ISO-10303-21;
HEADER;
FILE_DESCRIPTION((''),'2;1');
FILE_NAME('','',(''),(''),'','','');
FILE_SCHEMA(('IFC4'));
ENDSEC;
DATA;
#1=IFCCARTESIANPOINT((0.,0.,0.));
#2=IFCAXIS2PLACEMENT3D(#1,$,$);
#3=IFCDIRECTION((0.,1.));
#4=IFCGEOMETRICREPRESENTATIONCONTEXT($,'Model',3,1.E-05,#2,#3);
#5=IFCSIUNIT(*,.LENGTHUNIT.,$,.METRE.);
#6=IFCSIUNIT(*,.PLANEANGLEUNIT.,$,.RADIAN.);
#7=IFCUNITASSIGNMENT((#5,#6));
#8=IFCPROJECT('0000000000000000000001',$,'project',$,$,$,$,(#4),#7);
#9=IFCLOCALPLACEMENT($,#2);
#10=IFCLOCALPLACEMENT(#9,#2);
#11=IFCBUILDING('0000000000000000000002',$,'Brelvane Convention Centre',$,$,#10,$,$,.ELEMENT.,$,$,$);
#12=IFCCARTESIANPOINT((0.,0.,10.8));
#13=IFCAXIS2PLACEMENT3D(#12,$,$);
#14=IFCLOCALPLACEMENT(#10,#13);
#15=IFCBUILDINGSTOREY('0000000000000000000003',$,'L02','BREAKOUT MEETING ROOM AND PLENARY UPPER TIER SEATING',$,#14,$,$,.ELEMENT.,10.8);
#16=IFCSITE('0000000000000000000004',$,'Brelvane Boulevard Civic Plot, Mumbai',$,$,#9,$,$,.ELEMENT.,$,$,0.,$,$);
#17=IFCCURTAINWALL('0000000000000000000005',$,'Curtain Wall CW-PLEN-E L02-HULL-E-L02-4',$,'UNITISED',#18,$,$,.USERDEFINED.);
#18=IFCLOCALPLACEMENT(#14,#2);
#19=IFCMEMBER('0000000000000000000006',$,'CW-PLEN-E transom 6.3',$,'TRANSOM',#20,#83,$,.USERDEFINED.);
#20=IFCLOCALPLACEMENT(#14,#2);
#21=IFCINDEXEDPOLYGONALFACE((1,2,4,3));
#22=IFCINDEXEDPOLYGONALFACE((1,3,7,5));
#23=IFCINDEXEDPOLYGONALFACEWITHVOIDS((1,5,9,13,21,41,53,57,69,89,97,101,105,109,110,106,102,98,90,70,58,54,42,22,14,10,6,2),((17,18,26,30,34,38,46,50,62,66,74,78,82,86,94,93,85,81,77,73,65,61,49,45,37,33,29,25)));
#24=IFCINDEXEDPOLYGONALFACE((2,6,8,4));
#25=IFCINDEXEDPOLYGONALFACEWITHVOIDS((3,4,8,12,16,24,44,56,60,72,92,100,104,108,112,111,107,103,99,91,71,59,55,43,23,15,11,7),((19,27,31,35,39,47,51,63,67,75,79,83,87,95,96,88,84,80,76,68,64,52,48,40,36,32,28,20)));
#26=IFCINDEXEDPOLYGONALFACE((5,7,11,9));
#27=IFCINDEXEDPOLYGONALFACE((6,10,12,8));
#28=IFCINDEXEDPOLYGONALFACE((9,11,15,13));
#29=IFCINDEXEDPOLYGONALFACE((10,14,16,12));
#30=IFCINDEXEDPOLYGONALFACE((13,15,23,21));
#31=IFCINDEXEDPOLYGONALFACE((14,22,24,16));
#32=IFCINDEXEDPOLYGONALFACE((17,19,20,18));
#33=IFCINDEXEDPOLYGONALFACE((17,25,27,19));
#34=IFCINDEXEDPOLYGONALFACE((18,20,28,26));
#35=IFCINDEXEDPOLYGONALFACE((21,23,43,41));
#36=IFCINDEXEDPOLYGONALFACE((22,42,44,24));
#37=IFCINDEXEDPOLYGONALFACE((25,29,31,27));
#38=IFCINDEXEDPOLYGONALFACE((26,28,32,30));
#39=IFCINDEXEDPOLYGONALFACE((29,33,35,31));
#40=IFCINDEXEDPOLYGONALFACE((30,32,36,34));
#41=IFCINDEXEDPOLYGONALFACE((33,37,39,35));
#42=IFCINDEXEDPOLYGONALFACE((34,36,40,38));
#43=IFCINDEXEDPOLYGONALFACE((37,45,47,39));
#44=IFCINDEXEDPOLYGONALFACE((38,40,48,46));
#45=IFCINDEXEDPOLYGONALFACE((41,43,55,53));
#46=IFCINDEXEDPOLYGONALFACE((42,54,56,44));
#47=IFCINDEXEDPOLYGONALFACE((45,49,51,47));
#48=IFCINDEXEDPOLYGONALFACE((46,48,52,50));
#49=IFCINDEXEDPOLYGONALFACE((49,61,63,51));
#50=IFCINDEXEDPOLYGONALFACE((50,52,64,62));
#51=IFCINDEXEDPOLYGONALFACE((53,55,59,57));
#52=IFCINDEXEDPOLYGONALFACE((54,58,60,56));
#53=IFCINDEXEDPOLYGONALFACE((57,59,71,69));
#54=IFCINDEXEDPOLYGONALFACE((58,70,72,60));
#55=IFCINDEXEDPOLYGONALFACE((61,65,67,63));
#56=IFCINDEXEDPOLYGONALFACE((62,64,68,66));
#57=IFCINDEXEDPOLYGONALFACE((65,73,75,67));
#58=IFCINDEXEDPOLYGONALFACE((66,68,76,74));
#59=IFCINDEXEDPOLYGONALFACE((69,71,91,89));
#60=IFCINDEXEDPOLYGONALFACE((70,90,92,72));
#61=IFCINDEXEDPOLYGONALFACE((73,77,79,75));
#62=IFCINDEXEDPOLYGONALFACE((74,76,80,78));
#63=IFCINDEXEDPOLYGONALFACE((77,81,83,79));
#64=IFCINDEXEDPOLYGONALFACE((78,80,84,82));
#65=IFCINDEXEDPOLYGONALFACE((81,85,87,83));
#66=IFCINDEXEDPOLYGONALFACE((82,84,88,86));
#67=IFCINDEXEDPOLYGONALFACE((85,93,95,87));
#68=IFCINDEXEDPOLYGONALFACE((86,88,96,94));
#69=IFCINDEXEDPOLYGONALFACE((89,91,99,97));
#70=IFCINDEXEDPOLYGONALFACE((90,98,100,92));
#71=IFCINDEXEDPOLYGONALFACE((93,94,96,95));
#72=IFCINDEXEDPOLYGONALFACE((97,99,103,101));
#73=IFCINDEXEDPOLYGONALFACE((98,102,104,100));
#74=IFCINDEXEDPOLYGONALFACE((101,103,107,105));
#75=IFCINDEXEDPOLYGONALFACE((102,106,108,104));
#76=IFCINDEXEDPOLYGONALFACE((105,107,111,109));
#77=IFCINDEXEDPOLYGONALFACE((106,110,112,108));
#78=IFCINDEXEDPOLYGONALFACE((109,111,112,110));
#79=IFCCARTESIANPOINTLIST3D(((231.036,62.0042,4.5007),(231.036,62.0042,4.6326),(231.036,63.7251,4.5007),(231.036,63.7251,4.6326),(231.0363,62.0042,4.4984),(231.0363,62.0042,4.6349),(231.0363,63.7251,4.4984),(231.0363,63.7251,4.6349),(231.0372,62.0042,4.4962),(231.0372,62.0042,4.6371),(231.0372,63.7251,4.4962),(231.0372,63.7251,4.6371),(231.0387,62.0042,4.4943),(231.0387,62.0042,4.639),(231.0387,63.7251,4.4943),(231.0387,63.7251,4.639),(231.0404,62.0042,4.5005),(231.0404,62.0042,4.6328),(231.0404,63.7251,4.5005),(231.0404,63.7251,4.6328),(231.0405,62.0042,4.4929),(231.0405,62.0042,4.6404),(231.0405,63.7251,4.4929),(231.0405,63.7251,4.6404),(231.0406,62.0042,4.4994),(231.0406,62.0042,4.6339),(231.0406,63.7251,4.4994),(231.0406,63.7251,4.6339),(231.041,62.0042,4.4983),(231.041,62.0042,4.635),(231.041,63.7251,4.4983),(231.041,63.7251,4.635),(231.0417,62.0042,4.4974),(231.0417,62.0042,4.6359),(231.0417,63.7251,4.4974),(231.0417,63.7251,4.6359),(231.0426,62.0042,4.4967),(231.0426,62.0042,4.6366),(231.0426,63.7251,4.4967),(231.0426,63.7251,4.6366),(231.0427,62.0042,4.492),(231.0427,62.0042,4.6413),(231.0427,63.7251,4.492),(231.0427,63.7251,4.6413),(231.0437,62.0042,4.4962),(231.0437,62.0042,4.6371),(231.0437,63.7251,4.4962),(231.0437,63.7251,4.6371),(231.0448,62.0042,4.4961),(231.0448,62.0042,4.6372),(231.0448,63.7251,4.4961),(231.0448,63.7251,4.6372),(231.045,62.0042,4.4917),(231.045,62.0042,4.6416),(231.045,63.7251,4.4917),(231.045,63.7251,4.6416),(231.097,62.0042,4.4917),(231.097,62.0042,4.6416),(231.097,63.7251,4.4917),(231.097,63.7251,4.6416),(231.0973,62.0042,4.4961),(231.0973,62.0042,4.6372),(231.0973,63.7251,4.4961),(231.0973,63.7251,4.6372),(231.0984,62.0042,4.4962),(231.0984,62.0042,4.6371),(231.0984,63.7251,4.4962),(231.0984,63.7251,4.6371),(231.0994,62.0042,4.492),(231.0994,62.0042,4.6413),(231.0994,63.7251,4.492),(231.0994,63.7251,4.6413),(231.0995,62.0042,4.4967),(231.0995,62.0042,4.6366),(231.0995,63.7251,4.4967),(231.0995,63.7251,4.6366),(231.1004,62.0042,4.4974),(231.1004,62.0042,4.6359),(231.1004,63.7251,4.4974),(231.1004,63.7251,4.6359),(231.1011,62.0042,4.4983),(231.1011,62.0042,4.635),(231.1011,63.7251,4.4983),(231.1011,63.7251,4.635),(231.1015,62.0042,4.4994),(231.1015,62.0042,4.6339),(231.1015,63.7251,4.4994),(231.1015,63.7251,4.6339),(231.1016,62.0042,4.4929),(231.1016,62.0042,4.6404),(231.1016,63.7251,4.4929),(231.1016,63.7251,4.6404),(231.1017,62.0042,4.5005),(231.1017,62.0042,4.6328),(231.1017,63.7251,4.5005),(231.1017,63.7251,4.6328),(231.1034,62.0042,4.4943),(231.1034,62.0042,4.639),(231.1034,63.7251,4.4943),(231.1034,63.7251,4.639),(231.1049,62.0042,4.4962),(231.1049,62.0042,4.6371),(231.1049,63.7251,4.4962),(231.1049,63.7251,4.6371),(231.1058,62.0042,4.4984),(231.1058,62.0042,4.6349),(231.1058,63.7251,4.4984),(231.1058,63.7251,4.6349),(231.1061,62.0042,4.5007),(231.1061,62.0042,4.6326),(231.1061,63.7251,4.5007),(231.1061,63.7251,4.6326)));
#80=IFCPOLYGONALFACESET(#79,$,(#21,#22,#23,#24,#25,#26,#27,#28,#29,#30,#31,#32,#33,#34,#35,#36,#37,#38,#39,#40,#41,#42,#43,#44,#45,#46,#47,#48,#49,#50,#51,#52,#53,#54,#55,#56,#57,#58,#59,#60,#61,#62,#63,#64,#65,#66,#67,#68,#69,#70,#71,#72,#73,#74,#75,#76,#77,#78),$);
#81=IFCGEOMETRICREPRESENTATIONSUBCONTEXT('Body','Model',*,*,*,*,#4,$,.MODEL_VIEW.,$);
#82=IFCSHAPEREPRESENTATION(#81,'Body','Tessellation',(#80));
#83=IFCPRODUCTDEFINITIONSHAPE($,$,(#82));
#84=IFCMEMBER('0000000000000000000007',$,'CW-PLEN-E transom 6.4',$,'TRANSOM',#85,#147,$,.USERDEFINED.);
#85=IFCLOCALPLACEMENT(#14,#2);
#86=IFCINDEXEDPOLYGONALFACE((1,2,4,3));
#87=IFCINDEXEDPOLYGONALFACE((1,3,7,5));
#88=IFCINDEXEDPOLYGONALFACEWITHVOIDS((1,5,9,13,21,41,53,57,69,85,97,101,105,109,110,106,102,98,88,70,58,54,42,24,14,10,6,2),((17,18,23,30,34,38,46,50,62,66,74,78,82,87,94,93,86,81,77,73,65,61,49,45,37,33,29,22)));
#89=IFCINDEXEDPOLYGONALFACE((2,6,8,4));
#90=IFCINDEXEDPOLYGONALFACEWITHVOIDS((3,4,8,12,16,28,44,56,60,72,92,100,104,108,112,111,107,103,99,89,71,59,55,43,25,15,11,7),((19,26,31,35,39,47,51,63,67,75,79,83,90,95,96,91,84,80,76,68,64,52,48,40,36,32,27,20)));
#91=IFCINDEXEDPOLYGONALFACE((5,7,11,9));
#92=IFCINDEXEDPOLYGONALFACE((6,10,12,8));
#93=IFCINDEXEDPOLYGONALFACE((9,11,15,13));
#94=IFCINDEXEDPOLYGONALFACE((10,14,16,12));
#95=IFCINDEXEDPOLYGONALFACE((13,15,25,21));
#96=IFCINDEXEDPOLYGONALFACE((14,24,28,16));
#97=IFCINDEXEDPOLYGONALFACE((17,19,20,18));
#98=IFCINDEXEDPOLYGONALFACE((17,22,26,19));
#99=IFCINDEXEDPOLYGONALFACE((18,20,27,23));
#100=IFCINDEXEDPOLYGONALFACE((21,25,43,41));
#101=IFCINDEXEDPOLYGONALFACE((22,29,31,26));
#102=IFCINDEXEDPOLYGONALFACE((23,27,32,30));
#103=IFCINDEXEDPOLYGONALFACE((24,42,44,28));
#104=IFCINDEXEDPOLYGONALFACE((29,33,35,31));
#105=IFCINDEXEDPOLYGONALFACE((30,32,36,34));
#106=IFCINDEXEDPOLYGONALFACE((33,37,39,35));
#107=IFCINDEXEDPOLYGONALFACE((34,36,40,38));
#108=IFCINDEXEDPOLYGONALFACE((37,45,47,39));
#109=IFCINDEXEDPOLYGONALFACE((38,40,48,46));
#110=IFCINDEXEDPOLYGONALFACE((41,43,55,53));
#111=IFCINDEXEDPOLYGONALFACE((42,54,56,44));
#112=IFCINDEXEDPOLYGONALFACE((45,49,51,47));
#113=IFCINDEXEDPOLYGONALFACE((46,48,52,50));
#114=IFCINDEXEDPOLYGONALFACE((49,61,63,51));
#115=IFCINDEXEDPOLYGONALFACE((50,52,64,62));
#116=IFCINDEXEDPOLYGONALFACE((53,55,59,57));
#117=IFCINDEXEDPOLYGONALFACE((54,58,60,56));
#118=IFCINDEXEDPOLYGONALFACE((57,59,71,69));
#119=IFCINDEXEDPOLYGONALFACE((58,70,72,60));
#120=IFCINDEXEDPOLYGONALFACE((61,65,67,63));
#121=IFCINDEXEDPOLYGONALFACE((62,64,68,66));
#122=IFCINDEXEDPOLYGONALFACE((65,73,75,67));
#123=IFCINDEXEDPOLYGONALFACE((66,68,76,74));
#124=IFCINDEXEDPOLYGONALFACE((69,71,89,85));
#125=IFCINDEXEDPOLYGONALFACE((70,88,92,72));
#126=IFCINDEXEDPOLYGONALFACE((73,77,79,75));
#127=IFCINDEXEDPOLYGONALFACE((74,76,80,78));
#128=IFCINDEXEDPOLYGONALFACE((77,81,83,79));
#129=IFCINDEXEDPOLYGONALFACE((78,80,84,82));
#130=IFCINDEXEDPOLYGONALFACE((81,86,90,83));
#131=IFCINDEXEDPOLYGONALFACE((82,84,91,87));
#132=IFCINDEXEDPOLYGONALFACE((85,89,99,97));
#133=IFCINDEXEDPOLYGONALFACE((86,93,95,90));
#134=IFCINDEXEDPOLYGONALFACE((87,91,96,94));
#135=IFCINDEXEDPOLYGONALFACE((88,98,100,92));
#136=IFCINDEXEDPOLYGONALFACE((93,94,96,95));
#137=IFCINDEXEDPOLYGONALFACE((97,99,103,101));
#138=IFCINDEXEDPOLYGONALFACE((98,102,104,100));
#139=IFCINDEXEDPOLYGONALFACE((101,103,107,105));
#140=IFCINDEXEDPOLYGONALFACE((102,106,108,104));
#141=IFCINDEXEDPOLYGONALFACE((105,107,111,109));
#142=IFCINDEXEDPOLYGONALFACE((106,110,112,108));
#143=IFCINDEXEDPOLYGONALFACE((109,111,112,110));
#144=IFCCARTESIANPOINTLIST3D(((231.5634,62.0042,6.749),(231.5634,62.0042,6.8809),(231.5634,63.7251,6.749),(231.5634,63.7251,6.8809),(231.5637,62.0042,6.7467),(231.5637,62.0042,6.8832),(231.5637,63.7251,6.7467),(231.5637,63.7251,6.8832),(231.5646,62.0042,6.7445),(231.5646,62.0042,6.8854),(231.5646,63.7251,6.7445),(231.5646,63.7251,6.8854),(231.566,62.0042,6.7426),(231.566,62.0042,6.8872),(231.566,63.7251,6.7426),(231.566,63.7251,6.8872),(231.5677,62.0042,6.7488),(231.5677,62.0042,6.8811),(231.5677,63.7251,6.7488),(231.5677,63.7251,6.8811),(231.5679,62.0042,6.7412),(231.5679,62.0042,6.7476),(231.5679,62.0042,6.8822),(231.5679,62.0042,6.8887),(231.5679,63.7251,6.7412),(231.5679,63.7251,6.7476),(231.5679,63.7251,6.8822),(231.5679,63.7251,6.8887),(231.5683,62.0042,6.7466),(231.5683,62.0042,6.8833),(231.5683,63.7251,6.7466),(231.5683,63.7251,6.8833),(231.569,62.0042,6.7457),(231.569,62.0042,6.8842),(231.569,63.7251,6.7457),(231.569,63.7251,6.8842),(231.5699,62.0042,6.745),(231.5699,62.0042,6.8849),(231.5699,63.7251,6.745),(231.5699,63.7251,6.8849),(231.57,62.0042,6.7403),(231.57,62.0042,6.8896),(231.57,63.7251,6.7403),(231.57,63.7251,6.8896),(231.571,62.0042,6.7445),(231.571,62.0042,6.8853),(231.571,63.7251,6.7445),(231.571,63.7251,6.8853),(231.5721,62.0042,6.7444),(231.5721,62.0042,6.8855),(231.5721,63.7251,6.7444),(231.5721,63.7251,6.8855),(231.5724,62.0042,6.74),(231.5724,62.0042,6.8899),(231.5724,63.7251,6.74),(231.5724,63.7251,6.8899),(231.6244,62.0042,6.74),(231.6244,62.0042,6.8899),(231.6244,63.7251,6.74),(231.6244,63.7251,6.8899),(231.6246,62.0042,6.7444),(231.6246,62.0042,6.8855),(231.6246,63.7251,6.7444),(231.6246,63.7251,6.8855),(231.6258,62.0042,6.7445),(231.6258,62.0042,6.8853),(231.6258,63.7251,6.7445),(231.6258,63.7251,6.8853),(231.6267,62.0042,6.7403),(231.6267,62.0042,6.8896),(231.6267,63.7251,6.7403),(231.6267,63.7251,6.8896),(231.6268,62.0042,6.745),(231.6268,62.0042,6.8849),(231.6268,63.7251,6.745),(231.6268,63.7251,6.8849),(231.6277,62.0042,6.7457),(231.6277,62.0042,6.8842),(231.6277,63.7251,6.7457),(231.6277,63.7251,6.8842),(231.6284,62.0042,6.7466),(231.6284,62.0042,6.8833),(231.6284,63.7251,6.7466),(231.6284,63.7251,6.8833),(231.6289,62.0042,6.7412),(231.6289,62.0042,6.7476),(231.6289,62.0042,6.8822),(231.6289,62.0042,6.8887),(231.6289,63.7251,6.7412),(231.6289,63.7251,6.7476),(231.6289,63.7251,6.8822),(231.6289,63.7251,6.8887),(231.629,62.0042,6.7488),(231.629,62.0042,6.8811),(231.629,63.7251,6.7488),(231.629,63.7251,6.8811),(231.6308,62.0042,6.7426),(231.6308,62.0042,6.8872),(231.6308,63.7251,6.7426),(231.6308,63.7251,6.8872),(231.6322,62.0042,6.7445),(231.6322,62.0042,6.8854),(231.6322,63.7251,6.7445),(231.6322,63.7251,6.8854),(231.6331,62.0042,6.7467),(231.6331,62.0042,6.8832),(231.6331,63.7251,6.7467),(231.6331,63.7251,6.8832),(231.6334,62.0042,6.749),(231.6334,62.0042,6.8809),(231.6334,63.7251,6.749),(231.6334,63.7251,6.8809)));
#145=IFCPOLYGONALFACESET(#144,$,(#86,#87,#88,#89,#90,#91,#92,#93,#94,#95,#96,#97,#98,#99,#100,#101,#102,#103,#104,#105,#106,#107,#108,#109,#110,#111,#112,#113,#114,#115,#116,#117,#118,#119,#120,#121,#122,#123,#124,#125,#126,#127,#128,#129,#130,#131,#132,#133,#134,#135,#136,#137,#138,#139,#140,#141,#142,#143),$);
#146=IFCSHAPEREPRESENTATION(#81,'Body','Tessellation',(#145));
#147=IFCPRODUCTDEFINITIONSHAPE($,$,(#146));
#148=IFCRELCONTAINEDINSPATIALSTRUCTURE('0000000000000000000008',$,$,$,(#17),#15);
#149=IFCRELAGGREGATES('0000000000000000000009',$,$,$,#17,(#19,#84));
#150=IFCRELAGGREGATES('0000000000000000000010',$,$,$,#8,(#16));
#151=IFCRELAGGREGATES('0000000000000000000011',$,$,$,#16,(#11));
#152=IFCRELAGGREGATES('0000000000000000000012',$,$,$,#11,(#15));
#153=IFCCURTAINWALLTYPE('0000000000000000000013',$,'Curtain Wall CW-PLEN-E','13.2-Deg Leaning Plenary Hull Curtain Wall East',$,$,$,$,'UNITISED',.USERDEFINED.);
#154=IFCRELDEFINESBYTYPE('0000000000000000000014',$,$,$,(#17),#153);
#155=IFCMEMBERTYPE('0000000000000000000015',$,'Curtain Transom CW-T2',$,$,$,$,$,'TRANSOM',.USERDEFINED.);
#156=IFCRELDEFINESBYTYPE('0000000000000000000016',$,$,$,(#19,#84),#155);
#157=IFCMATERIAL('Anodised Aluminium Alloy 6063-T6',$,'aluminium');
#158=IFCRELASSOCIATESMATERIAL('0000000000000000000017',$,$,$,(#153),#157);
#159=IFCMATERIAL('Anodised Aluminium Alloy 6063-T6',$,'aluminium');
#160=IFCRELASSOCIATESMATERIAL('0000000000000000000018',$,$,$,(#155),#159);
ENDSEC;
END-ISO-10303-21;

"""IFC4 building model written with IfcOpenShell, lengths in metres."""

from ifc_helpers import new_model, si_unit, direction, frame, origin, origin_2d, place, context, subcontext, project, spatial, hollow_rectangle, extrude, material, material_profile, profile_set, type_object, element, aggregate, save


model = new_model("IFC4")

# Units and contexts
model_context = context("Model", 3, precision=1e-05, world=origin(), true_north=direction((0.0, 1.0)))
body_context = subcontext(model_context, "Body", "Model", "MODEL_VIEW")
ifc_project = project(units=[si_unit("LENGTHUNIT", "METRE"), si_unit("PLANEANGLEUNIT", "RADIAN")], contexts=[model_context])

# Site, building, storey
site_placement = place(None, origin())
site = spatial("IfcSite", under=ifc_project, at=site_placement, Name="Brelvane Boulevard Civic Plot, Mumbai", CompositionType="ELEMENT", RefElevation=0.0)
building_placement = place(site_placement, origin())
building = spatial("IfcBuilding", under=site, at=building_placement, Name="Brelvane Convention Centre", CompositionType="ELEMENT")
storey_placement = place(building_placement, frame((0.0, 0.0, 10.8)))
storey = spatial("IfcBuildingStorey", under=building, at=storey_placement, Name="L02", Description="BREAKOUT MEETING ROOM AND PLENARY UPPER TIER SEATING", CompositionType="ELEMENT", Elevation=10.8)

# Curtain wall, members
ifc_material_1 = material(Name="Anodised Aluminium Alloy 6063-T6", Category="aluminium")
curtain_wall_type = type_object("IfcCurtainWallType", Name="Curtain Wall CW-PLEN-E", Description="13.2-Deg Leaning Plenary Hull Curtain Wall East", ElementType="UNITISED", PredefinedType="USERDEFINED", material=ifc_material_1)
curtain_wall_1_placement = place(storey_placement, origin())
curtain_wall_1 = element("IfcCurtainWall", 1, at=curtain_wall_1_placement, inside=storey, type_object=curtain_wall_type, Name="Curtain Wall CW-PLEN-E L02-HULL-E-L02-4", ObjectType="UNITISED", PredefinedType="USERDEFINED")
ifc_material_2 = material(Name="Anodised Aluminium Alloy 6063-T6", Category="aluminium")
ifc_material_profile = material_profile(ifc_material_2, hollow_rectangle(XDim=0.0701, YDim=0.1499, WallThickness=0.0044, InnerFilletRadius=0.0044, OuterFilletRadius=0.009, at=origin_2d()), Name="ALU-T 150x70x4.5")
ifc_profile_set = profile_set([ifc_material_profile], Name="Anodised Aluminium Alloy 6063-T6")
member_type = type_object("IfcMemberType", Name="Curtain Transom CW-T2", ElementType="TRANSOM", PredefinedType="USERDEFINED", material=ifc_profile_set)
member_1_placement = place(storey_placement, frame((231.071, 62.0042, 4.5667), z_axis=(0.0, 1.0, 0.0), x_axis=(-1.0, 0.0, 0.0)))
member_1 = element("IfcMember", 2, at=member_1_placement, type_object=member_type, Name="CW-PLEN-E transom 6.3", ObjectType="TRANSOM", PredefinedType="USERDEFINED", context=body_context, shape_type="SweptSolid", body=[
    extrude(hollow_rectangle(XDim=0.0701, YDim=0.1499, WallThickness=0.0044, InnerFilletRadius=0.0044, OuterFilletRadius=0.009, at=origin_2d()), origin(), (0.0, 0.0, 1.0), 1.7209),
])
member_2_placement = place(storey_placement, frame((231.5984, 62.0042, 6.8149), z_axis=(0.0, 1.0, 0.0), x_axis=(-1.0, 0.0, 0.0)))
member_2 = element("IfcMember", 3, at=member_2_placement, type_object=member_type, Name="CW-PLEN-E transom 6.4", ObjectType="TRANSOM", PredefinedType="USERDEFINED", context=body_context, shape_type="SweptSolid", body=[
    extrude(hollow_rectangle(XDim=0.0701, YDim=0.1499, WallThickness=0.0044, InnerFilletRadius=0.0044, OuterFilletRadius=0.009, at=origin_2d()), origin(), (0.0, 0.0, 1.0), 1.7209),
])

aggregate(curtain_wall_1, [member_1, member_2])

save(model, "model.ifc")
